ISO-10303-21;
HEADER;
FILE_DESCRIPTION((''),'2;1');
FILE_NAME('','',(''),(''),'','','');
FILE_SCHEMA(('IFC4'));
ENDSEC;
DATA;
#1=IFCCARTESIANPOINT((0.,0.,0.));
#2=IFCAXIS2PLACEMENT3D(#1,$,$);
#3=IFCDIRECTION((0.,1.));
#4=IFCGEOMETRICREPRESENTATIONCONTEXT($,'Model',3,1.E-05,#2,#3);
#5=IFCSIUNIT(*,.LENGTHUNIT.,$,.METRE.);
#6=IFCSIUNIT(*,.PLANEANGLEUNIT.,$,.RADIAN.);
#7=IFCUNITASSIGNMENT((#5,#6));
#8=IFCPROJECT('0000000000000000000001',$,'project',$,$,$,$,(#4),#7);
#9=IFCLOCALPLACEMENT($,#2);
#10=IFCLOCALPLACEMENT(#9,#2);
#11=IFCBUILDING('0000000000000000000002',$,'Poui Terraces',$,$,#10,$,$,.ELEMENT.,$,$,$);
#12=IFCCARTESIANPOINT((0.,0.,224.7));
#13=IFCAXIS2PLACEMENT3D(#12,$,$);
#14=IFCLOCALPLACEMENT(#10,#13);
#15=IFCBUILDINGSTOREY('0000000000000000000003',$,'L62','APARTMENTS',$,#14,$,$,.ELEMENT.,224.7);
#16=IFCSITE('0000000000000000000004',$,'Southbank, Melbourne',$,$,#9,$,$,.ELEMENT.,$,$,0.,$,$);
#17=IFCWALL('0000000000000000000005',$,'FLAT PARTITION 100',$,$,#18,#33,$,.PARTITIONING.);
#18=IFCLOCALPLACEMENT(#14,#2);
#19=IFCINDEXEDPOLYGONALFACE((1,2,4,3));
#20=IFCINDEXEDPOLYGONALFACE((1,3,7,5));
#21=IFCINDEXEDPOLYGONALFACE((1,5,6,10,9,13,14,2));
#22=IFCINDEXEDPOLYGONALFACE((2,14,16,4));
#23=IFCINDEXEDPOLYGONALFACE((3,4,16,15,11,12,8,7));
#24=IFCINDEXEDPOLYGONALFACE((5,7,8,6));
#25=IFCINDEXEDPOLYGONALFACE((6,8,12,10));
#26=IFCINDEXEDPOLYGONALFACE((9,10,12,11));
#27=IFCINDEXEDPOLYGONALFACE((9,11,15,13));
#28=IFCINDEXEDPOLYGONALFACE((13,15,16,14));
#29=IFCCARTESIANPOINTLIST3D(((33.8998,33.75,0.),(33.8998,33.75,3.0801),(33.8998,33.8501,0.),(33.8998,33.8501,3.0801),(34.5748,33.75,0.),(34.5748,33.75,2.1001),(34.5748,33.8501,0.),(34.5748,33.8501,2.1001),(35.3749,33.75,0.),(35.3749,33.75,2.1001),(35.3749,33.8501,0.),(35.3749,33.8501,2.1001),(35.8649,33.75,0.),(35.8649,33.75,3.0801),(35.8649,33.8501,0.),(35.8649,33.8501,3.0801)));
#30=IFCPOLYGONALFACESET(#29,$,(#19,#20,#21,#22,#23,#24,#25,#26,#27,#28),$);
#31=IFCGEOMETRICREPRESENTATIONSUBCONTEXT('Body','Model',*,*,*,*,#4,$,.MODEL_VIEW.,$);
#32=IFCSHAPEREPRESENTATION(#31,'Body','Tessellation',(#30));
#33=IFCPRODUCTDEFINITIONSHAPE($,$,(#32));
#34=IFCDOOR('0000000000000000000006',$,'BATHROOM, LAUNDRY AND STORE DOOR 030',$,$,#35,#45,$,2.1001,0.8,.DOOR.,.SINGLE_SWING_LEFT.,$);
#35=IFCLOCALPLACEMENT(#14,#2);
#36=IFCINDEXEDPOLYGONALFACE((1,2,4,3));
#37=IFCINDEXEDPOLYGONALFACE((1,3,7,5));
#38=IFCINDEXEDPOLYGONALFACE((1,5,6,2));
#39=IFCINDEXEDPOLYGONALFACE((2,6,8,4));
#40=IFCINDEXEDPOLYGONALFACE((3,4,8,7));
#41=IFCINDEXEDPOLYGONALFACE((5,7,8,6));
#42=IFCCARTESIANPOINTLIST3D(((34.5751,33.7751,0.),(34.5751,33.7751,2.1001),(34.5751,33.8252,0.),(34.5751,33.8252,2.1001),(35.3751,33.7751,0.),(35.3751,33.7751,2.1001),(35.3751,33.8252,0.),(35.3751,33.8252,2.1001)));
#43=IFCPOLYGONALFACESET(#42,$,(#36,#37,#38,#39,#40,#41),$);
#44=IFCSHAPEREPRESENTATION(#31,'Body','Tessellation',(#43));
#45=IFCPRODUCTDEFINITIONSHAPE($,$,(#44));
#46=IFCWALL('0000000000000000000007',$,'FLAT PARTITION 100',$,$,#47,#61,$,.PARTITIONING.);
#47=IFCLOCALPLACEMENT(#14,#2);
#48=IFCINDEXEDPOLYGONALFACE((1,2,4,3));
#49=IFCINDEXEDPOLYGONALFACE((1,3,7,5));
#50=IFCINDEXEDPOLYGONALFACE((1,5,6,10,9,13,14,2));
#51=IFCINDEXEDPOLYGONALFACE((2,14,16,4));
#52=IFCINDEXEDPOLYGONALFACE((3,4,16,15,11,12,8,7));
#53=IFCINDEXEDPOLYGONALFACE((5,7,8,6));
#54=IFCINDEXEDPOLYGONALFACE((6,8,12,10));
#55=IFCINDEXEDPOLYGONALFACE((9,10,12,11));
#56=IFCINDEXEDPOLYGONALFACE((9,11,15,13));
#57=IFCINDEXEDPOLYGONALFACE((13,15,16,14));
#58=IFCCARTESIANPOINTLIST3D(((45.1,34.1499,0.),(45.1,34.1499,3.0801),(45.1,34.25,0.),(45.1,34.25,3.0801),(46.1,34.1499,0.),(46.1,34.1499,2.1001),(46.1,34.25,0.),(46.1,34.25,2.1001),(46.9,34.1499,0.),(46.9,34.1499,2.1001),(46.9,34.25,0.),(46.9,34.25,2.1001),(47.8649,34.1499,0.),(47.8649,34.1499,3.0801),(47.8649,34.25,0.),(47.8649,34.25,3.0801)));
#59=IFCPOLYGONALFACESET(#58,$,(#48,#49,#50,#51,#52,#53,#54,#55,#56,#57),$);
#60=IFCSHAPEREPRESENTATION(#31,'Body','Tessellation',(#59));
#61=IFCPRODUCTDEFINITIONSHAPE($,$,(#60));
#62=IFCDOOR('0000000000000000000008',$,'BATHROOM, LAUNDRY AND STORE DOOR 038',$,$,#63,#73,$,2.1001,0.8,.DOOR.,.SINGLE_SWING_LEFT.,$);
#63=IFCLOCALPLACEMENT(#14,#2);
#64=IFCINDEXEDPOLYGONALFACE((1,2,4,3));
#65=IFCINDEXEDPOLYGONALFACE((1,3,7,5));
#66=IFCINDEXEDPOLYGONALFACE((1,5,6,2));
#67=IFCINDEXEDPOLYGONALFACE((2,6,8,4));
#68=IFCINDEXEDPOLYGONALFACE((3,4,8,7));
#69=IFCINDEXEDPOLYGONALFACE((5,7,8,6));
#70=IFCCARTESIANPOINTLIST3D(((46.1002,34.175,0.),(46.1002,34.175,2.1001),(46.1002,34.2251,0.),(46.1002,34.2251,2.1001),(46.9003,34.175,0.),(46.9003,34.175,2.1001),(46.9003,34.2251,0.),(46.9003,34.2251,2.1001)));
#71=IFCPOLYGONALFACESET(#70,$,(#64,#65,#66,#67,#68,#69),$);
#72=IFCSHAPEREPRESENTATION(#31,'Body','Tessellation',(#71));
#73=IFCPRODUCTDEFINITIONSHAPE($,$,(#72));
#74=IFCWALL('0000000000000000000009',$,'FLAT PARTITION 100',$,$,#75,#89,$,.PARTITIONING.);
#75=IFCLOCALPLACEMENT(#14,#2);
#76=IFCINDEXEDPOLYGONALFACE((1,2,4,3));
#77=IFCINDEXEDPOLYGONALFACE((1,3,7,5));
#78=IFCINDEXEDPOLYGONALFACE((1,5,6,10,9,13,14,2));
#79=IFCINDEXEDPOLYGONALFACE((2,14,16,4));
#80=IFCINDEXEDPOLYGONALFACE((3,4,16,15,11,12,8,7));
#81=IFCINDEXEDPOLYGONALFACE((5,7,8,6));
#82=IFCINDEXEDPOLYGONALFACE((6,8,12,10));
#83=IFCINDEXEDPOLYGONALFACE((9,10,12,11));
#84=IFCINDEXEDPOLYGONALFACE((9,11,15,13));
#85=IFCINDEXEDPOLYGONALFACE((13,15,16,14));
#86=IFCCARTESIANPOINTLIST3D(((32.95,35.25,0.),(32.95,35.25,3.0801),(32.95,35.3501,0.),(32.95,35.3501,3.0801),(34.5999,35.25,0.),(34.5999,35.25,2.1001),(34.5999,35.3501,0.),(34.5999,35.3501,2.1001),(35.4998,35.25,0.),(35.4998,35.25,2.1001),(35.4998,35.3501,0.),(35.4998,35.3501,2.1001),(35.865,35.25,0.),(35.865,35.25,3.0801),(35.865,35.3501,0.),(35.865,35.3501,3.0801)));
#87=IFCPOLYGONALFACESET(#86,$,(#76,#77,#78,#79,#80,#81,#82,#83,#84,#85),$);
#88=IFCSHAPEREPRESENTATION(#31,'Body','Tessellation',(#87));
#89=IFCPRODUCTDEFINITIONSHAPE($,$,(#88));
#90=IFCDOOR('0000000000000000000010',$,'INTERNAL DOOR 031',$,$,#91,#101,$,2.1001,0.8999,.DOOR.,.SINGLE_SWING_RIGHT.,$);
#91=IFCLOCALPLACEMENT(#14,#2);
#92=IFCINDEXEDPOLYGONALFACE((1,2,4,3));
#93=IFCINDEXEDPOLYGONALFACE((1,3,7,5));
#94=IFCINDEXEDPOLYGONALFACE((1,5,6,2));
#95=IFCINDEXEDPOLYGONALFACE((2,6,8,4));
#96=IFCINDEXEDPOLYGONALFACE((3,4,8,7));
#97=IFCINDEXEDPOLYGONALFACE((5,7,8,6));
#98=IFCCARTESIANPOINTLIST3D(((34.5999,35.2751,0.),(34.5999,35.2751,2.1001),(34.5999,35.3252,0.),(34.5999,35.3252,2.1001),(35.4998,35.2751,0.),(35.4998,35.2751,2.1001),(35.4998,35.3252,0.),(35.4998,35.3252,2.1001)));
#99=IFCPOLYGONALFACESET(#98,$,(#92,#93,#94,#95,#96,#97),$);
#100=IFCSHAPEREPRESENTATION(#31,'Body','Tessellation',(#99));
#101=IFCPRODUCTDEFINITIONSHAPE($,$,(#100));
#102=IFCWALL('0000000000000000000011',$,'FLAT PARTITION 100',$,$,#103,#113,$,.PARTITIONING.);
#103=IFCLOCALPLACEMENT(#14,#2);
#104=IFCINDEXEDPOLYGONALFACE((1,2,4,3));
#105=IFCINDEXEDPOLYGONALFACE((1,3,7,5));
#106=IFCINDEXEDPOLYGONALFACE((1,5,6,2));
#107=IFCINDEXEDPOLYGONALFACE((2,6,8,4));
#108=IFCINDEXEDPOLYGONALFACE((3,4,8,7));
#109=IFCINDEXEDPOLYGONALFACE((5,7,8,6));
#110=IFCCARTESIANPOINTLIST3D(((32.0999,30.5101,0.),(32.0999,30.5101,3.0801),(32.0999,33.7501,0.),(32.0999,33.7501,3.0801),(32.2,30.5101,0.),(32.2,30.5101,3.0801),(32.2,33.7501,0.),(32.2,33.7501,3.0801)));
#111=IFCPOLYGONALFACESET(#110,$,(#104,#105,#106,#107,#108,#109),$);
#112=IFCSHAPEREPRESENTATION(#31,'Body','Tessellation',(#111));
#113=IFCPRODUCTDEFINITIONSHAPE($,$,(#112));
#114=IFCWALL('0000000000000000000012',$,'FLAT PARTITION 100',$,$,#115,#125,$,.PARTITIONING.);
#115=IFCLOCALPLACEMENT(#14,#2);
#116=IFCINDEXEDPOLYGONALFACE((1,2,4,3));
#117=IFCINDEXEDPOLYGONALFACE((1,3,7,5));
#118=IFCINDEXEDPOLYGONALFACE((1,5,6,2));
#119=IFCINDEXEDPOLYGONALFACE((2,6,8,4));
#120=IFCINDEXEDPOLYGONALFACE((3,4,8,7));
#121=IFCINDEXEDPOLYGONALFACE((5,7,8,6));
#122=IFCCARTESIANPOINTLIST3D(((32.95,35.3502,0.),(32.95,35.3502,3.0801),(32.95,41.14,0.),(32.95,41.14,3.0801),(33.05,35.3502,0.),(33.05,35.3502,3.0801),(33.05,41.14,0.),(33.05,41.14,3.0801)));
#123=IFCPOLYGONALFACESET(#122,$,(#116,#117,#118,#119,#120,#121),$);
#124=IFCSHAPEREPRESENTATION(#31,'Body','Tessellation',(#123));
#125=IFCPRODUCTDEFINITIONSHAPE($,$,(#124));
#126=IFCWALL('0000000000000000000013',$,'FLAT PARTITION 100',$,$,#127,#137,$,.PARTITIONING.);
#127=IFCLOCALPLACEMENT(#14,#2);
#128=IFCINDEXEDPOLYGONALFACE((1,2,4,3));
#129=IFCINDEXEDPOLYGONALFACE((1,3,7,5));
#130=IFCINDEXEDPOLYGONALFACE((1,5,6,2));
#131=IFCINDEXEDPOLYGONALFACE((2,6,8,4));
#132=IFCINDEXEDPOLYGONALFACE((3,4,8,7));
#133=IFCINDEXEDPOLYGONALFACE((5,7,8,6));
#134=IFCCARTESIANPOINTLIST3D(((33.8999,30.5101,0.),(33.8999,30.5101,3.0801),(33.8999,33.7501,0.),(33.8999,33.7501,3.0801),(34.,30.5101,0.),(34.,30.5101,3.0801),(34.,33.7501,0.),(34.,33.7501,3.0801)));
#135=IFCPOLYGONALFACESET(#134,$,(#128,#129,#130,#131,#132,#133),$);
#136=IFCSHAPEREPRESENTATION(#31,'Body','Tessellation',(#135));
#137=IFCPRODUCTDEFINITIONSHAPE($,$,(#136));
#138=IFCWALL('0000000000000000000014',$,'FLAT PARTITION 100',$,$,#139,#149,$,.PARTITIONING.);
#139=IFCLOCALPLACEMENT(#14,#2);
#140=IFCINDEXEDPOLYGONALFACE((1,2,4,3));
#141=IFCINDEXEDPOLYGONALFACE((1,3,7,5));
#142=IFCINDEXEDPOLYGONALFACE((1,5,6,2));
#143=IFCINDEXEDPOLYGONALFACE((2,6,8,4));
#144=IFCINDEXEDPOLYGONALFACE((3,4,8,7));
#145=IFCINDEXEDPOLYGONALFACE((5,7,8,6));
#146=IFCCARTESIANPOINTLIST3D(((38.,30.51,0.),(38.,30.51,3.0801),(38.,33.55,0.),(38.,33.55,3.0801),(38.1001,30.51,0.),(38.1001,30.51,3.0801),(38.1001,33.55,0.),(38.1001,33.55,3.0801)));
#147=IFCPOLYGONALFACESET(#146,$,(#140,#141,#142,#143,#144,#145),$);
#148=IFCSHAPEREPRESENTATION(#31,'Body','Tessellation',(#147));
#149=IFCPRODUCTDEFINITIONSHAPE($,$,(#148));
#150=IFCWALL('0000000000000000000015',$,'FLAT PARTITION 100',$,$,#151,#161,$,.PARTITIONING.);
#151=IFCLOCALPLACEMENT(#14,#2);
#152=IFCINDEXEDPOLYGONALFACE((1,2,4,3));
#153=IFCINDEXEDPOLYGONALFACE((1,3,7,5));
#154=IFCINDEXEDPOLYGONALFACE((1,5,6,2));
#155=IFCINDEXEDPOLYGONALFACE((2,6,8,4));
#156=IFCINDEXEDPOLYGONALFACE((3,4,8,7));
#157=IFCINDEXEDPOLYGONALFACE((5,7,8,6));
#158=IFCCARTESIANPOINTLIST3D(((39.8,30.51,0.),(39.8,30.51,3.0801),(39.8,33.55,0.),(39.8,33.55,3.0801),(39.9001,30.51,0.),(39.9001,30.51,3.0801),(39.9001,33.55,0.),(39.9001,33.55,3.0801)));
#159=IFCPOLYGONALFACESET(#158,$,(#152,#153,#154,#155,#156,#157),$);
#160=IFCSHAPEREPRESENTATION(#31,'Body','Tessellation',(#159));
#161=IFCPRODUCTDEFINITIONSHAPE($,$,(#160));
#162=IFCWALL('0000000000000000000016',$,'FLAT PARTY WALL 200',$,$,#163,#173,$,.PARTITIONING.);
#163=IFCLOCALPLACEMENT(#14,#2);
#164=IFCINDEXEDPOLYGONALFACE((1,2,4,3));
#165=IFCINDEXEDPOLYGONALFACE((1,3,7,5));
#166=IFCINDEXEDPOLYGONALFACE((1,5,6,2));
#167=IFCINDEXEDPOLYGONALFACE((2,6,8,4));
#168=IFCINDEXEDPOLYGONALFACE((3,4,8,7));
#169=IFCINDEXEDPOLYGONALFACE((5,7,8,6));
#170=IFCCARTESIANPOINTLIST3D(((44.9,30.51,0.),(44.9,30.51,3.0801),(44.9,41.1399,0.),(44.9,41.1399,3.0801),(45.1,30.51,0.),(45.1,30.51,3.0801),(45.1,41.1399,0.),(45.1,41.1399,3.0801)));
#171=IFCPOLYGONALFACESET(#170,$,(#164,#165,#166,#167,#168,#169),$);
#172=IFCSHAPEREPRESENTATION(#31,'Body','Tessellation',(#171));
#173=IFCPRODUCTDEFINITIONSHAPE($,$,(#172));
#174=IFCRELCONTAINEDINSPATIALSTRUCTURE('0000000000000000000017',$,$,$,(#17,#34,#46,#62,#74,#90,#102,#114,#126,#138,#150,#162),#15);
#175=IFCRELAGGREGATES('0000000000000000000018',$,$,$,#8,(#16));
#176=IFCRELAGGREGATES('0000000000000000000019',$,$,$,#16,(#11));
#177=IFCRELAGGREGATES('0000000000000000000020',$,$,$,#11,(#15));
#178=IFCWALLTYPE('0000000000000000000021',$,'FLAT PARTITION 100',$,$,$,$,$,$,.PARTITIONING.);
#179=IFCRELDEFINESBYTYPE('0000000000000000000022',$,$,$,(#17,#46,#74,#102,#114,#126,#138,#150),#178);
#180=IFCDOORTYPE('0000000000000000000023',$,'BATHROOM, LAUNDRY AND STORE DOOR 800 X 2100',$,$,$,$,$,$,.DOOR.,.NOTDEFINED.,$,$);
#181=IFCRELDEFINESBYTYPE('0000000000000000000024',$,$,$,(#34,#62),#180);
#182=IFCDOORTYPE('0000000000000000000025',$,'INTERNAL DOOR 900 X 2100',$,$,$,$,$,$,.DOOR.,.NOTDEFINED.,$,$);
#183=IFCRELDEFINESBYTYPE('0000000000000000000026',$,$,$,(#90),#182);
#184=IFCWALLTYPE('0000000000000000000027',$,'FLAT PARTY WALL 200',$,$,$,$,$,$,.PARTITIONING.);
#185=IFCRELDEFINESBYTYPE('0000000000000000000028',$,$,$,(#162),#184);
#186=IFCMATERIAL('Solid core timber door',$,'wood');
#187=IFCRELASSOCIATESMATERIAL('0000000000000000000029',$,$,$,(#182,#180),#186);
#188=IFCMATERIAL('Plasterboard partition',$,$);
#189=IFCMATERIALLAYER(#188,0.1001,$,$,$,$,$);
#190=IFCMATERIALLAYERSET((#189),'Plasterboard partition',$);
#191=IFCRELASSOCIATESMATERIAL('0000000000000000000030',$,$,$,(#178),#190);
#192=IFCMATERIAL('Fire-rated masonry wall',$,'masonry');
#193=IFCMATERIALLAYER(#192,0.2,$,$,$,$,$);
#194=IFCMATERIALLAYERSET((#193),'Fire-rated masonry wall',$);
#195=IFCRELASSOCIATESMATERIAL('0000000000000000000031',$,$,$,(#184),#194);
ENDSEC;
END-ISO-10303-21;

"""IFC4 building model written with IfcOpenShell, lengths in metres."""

from ifc_helpers import new_model, si_unit, direction, frame, frame_2d, origin, place, context, subcontext, project, spatial, rectangle, extrude, material, layer, layer_set, type_object, element, fill, save


model = new_model("IFC4")

# Units and contexts
model_context = context("Model", 3, precision=1e-05, world=origin(), true_north=direction((0.0, 1.0)))
body_context = subcontext(model_context, "Body", "Model", "MODEL_VIEW")
ifc_project = project(units=[si_unit("LENGTHUNIT", "METRE"), si_unit("PLANEANGLEUNIT", "RADIAN")], contexts=[model_context])

# Site, building, storey
site_placement = place(None, origin())
site = spatial("IfcSite", under=ifc_project, at=site_placement, Name="Southbank, Melbourne", CompositionType="ELEMENT", RefElevation=0.0)
building_placement = place(site_placement, origin())
building = spatial("IfcBuilding", under=site, at=building_placement, Name="Poui Terraces", CompositionType="ELEMENT")
storey_placement = place(building_placement, frame((0.0, 0.0, 224.7)))
storey = spatial("IfcBuildingStorey", under=building, at=storey_placement, Name="L62", Description="APARTMENTS", CompositionType="ELEMENT", Elevation=224.7)

# Walls, openings, doors
ifc_material_1 = material(Name="Solid core timber door", Category="wood")
door_type_1 = type_object("IfcDoorType", Name="INTERNAL DOOR 900 X 2100", OperationType="NOTDEFINED", PredefinedType="DOOR", material=ifc_material_1)
ifc_material_2 = material(Name="Plasterboard partition")
ifc_layer_1 = layer(ifc_material_2, 0.1001)
ifc_layer_set_1 = layer_set([ifc_layer_1], Name="Plasterboard partition")
wall_type_1 = type_object("IfcWallType", Name="FLAT PARTITION 100", PredefinedType="PARTITIONING", material=ifc_layer_set_1)
door_type_2 = type_object("IfcDoorType", Name="BATHROOM, LAUNDRY AND STORE DOOR 800 X 2100", OperationType="NOTDEFINED", PredefinedType="DOOR", material=ifc_material_1)
wall_1_placement = place(storey_placement, frame((33.8999, 33.8, 0.0), z_axis=(0.0, 0.0, 1.0), x_axis=(1.0, 0.0, 0.0)))
wall_1 = element("IfcWall", 1, at=wall_1_placement, inside=storey, type_object=wall_type_1, Name="FLAT PARTITION 100", PredefinedType="PARTITIONING", context=body_context, shape_type="SweptSolid", body=[
    extrude(rectangle(XDim=1.9651, YDim=0.1001, at=frame_2d((0.9824, 0.0))), origin(), (0.0, 0.0, 1.0), 3.0801),
])
opening_1_placement = place(wall_1_placement, frame((0.675, 0.0, 0.0)))
opening_1 = element("IfcOpeningElement", 2, at=opening_1_placement, cuts=wall_1, PredefinedType="OPENING", context=body_context, shape_type="SweptSolid", body=[
    extrude(rectangle(XDim=0.8, YDim=2.1001, at=frame_2d((0.3999, 1.05))), frame((0.0, 0.0601, 0.0), z_axis=(0.0, -1.0, 0.0), x_axis=(1.0, 0.0, 0.0)), (0.0, 0.0, 1.0), 0.1201),
])
door_1_placement = place(opening_1_placement, frame((0.8, 0.0, 0.0), z_axis=(0.0, 0.0, 1.0), x_axis=(-1.0, 0.0, 0.0)))
door_1 = element("IfcDoor", 3, at=door_1_placement, inside=storey, type_object=door_type_2, Name="BATHROOM, LAUNDRY AND STORE DOOR 030", OperationType="SINGLE_SWING_LEFT", OverallHeight=2.1001, OverallWidth=0.8, PredefinedType="DOOR", context=body_context, shape_type="SweptSolid", body=[
    extrude(rectangle(XDim=0.8, YDim=2.1001, at=frame_2d((0.3999, 1.05))), frame((0.0, 0.0249, 0.0), z_axis=(0.0, -1.0, 0.0), x_axis=(1.0, 0.0, 0.0)), (0.0, 0.0, 1.0), 0.05),
])
fill(opening_1, door_1)
wall_2_placement = place(storey_placement, frame((45.1001, 34.2, 0.0), z_axis=(0.0, 0.0, 1.0), x_axis=(1.0, 0.0, 0.0)))
wall_2 = element("IfcWall", 4, at=wall_2_placement, inside=storey, type_object=wall_type_1, Name="FLAT PARTITION 100", PredefinedType="PARTITIONING", context=body_context, shape_type="SweptSolid", body=[
    extrude(rectangle(XDim=2.7649, YDim=0.1001, at=frame_2d((1.3823, 0.0))), origin(), (0.0, 0.0, 1.0), 3.0801),
])
opening_2_placement = place(wall_2_placement, frame((1.0, 0.0, 0.0)))
opening_2 = element("IfcOpeningElement", 5, at=opening_2_placement, cuts=wall_2, PredefinedType="OPENING", context=body_context, shape_type="SweptSolid", body=[
    extrude(rectangle(XDim=0.8, YDim=2.1001, at=frame_2d((0.3999, 1.05))), frame((0.0, 0.0601, 0.0), z_axis=(0.0, -1.0, 0.0), x_axis=(1.0, 0.0, 0.0)), (0.0, 0.0, 1.0), 0.1201),
])
door_2_placement = place(opening_2_placement, frame((0.8, 0.0, 0.0), z_axis=(0.0, 0.0, 1.0), x_axis=(-1.0, 0.0, 0.0)))
door_2 = element("IfcDoor", 6, at=door_2_placement, inside=storey, type_object=door_type_2, Name="BATHROOM, LAUNDRY AND STORE DOOR 038", OperationType="SINGLE_SWING_LEFT", OverallHeight=2.1001, OverallWidth=0.8, PredefinedType="DOOR", context=body_context, shape_type="SweptSolid", body=[
    extrude(rectangle(XDim=0.8, YDim=2.1001, at=frame_2d((0.3999, 1.05))), frame((0.0, 0.0249, 0.0), z_axis=(0.0, -1.0, 0.0), x_axis=(1.0, 0.0, 0.0)), (0.0, 0.0, 1.0), 0.05),
])
fill(opening_2, door_2)
wall_3_placement = place(storey_placement, frame((32.95, 35.3, 0.0), z_axis=(0.0, 0.0, 1.0), x_axis=(1.0, 0.0, 0.0)))
wall_3 = element("IfcWall", 7, at=wall_3_placement, inside=storey, type_object=wall_type_1, Name="FLAT PARTITION 100", PredefinedType="PARTITIONING", context=body_context, shape_type="SweptSolid", body=[
    extrude(rectangle(XDim=2.915, YDim=0.1001, at=frame_2d((1.4575, 0.0))), origin(), (0.0, 0.0, 1.0), 3.0801),
])
opening_3_placement = place(wall_3_placement, frame((1.6499, 0.0, 0.0)))
opening_3 = element("IfcOpeningElement", 8, at=opening_3_placement, cuts=wall_3, PredefinedType="OPENING", context=body_context, shape_type="SweptSolid", body=[
    extrude(rectangle(XDim=0.8999, YDim=2.1001, at=frame_2d((0.45, 1.05))), frame((0.0, 0.0601, 0.0), z_axis=(0.0, -1.0, 0.0), x_axis=(1.0, 0.0, 0.0)), (0.0, 0.0, 1.0), 0.1201),
])
door_3_placement = place(opening_3_placement, frame((0.8999, 0.0, 0.0), z_axis=(0.0, 0.0, 1.0), x_axis=(-1.0, 0.0, 0.0)))
door_3 = element("IfcDoor", 9, at=door_3_placement, inside=storey, type_object=door_type_1, Name="INTERNAL DOOR 031", OperationType="SINGLE_SWING_RIGHT", OverallHeight=2.1001, OverallWidth=0.8999, PredefinedType="DOOR", context=body_context, shape_type="SweptSolid", body=[
    extrude(rectangle(XDim=0.8999, YDim=2.1001, at=frame_2d((0.45, 1.05))), frame((0.0, 0.0249, 0.0), z_axis=(0.0, -1.0, 0.0), x_axis=(1.0, 0.0, 0.0)), (0.0, 0.0, 1.0), 0.05),
])
fill(opening_3, door_3)

# Walls
wall_4_placement = place(storey_placement, frame((32.1499, 30.51, 0.0), z_axis=(0.0, 0.0, 1.0), x_axis=(0.0, 1.0, 0.0)))
element("IfcWall", 10, at=wall_4_placement, inside=storey, type_object=wall_type_1, Name="FLAT PARTITION 100", PredefinedType="PARTITIONING", context=body_context, shape_type="SweptSolid", body=[
    extrude(rectangle(XDim=3.24, YDim=0.1001, at=frame_2d((1.6201, 0.0))), origin(), (0.0, 0.0, 1.0), 3.0801),
])
wall_5_placement = place(storey_placement, frame((33.0, 35.3501, 0.0), z_axis=(0.0, 0.0, 1.0), x_axis=(0.0, 1.0, 0.0)))
element("IfcWall", 11, at=wall_5_placement, inside=storey, type_object=wall_type_1, Name="FLAT PARTITION 100", PredefinedType="PARTITIONING", context=body_context, shape_type="SweptSolid", body=[
    extrude(rectangle(XDim=5.7898, YDim=0.1001, at=frame_2d((2.895, 0.0))), origin(), (0.0, 0.0, 1.0), 3.0801),
])
wall_6_placement = place(storey_placement, frame((33.95, 30.51, 0.0), z_axis=(0.0, 0.0, 1.0), x_axis=(0.0, 1.0, 0.0)))
element("IfcWall", 12, at=wall_6_placement, inside=storey, type_object=wall_type_1, Name="FLAT PARTITION 100", PredefinedType="PARTITIONING", context=body_context, shape_type="SweptSolid", body=[
    extrude(rectangle(XDim=3.24, YDim=0.1001, at=frame_2d((1.6201, 0.0))), origin(), (0.0, 0.0, 1.0), 3.0801),
])
for number, where, z_axis, x_axis, name in (
    (13, (38.05, 30.51, 0.0), (0.0, 0.0, 1.0), (0.0, 1.0, 0.0), "FLAT PARTITION 100"),
    (14, (39.8501, 30.51, 0.0), (0.0, 0.0, 1.0), (0.0, 1.0, 0.0), "FLAT PARTITION 100"),
):
    element("IfcWall", number, at=place(storey_placement, frame(where, z_axis=z_axis, x_axis=x_axis)), inside=storey, type_object=wall_type_1, Name=name, PredefinedType="PARTITIONING", context=body_context, shape_type="SweptSolid", body=[
        extrude(rectangle(XDim=3.04, YDim=0.1001, at=frame_2d((1.52, 0.0))), origin(), (0.0, 0.0, 1.0), 3.0801),
    ])
ifc_material_3 = material(Name="Fire-rated masonry wall", Category="masonry")
ifc_layer_2 = layer(ifc_material_3, 0.2)
ifc_layer_set_2 = layer_set([ifc_layer_2], Name="Fire-rated masonry wall")
wall_type_2 = type_object("IfcWallType", Name="FLAT PARTY WALL 200", PredefinedType="PARTITIONING", material=ifc_layer_set_2)
wall_7_placement = place(storey_placement, frame((45.0, 30.51, 0.0), z_axis=(0.0, 0.0, 1.0), x_axis=(0.0, 1.0, 0.0)))
element("IfcWall", 15, at=wall_7_placement, inside=storey, type_object=wall_type_2, Name="FLAT PARTY WALL 200", PredefinedType="PARTITIONING", context=body_context, shape_type="SweptSolid", body=[
    extrude(rectangle(XDim=10.6299, YDim=0.2, at=frame_2d((5.3149, 0.0))), origin(), (0.0, 0.0, 1.0), 3.0801),
])

save(model, "model.ifc")
